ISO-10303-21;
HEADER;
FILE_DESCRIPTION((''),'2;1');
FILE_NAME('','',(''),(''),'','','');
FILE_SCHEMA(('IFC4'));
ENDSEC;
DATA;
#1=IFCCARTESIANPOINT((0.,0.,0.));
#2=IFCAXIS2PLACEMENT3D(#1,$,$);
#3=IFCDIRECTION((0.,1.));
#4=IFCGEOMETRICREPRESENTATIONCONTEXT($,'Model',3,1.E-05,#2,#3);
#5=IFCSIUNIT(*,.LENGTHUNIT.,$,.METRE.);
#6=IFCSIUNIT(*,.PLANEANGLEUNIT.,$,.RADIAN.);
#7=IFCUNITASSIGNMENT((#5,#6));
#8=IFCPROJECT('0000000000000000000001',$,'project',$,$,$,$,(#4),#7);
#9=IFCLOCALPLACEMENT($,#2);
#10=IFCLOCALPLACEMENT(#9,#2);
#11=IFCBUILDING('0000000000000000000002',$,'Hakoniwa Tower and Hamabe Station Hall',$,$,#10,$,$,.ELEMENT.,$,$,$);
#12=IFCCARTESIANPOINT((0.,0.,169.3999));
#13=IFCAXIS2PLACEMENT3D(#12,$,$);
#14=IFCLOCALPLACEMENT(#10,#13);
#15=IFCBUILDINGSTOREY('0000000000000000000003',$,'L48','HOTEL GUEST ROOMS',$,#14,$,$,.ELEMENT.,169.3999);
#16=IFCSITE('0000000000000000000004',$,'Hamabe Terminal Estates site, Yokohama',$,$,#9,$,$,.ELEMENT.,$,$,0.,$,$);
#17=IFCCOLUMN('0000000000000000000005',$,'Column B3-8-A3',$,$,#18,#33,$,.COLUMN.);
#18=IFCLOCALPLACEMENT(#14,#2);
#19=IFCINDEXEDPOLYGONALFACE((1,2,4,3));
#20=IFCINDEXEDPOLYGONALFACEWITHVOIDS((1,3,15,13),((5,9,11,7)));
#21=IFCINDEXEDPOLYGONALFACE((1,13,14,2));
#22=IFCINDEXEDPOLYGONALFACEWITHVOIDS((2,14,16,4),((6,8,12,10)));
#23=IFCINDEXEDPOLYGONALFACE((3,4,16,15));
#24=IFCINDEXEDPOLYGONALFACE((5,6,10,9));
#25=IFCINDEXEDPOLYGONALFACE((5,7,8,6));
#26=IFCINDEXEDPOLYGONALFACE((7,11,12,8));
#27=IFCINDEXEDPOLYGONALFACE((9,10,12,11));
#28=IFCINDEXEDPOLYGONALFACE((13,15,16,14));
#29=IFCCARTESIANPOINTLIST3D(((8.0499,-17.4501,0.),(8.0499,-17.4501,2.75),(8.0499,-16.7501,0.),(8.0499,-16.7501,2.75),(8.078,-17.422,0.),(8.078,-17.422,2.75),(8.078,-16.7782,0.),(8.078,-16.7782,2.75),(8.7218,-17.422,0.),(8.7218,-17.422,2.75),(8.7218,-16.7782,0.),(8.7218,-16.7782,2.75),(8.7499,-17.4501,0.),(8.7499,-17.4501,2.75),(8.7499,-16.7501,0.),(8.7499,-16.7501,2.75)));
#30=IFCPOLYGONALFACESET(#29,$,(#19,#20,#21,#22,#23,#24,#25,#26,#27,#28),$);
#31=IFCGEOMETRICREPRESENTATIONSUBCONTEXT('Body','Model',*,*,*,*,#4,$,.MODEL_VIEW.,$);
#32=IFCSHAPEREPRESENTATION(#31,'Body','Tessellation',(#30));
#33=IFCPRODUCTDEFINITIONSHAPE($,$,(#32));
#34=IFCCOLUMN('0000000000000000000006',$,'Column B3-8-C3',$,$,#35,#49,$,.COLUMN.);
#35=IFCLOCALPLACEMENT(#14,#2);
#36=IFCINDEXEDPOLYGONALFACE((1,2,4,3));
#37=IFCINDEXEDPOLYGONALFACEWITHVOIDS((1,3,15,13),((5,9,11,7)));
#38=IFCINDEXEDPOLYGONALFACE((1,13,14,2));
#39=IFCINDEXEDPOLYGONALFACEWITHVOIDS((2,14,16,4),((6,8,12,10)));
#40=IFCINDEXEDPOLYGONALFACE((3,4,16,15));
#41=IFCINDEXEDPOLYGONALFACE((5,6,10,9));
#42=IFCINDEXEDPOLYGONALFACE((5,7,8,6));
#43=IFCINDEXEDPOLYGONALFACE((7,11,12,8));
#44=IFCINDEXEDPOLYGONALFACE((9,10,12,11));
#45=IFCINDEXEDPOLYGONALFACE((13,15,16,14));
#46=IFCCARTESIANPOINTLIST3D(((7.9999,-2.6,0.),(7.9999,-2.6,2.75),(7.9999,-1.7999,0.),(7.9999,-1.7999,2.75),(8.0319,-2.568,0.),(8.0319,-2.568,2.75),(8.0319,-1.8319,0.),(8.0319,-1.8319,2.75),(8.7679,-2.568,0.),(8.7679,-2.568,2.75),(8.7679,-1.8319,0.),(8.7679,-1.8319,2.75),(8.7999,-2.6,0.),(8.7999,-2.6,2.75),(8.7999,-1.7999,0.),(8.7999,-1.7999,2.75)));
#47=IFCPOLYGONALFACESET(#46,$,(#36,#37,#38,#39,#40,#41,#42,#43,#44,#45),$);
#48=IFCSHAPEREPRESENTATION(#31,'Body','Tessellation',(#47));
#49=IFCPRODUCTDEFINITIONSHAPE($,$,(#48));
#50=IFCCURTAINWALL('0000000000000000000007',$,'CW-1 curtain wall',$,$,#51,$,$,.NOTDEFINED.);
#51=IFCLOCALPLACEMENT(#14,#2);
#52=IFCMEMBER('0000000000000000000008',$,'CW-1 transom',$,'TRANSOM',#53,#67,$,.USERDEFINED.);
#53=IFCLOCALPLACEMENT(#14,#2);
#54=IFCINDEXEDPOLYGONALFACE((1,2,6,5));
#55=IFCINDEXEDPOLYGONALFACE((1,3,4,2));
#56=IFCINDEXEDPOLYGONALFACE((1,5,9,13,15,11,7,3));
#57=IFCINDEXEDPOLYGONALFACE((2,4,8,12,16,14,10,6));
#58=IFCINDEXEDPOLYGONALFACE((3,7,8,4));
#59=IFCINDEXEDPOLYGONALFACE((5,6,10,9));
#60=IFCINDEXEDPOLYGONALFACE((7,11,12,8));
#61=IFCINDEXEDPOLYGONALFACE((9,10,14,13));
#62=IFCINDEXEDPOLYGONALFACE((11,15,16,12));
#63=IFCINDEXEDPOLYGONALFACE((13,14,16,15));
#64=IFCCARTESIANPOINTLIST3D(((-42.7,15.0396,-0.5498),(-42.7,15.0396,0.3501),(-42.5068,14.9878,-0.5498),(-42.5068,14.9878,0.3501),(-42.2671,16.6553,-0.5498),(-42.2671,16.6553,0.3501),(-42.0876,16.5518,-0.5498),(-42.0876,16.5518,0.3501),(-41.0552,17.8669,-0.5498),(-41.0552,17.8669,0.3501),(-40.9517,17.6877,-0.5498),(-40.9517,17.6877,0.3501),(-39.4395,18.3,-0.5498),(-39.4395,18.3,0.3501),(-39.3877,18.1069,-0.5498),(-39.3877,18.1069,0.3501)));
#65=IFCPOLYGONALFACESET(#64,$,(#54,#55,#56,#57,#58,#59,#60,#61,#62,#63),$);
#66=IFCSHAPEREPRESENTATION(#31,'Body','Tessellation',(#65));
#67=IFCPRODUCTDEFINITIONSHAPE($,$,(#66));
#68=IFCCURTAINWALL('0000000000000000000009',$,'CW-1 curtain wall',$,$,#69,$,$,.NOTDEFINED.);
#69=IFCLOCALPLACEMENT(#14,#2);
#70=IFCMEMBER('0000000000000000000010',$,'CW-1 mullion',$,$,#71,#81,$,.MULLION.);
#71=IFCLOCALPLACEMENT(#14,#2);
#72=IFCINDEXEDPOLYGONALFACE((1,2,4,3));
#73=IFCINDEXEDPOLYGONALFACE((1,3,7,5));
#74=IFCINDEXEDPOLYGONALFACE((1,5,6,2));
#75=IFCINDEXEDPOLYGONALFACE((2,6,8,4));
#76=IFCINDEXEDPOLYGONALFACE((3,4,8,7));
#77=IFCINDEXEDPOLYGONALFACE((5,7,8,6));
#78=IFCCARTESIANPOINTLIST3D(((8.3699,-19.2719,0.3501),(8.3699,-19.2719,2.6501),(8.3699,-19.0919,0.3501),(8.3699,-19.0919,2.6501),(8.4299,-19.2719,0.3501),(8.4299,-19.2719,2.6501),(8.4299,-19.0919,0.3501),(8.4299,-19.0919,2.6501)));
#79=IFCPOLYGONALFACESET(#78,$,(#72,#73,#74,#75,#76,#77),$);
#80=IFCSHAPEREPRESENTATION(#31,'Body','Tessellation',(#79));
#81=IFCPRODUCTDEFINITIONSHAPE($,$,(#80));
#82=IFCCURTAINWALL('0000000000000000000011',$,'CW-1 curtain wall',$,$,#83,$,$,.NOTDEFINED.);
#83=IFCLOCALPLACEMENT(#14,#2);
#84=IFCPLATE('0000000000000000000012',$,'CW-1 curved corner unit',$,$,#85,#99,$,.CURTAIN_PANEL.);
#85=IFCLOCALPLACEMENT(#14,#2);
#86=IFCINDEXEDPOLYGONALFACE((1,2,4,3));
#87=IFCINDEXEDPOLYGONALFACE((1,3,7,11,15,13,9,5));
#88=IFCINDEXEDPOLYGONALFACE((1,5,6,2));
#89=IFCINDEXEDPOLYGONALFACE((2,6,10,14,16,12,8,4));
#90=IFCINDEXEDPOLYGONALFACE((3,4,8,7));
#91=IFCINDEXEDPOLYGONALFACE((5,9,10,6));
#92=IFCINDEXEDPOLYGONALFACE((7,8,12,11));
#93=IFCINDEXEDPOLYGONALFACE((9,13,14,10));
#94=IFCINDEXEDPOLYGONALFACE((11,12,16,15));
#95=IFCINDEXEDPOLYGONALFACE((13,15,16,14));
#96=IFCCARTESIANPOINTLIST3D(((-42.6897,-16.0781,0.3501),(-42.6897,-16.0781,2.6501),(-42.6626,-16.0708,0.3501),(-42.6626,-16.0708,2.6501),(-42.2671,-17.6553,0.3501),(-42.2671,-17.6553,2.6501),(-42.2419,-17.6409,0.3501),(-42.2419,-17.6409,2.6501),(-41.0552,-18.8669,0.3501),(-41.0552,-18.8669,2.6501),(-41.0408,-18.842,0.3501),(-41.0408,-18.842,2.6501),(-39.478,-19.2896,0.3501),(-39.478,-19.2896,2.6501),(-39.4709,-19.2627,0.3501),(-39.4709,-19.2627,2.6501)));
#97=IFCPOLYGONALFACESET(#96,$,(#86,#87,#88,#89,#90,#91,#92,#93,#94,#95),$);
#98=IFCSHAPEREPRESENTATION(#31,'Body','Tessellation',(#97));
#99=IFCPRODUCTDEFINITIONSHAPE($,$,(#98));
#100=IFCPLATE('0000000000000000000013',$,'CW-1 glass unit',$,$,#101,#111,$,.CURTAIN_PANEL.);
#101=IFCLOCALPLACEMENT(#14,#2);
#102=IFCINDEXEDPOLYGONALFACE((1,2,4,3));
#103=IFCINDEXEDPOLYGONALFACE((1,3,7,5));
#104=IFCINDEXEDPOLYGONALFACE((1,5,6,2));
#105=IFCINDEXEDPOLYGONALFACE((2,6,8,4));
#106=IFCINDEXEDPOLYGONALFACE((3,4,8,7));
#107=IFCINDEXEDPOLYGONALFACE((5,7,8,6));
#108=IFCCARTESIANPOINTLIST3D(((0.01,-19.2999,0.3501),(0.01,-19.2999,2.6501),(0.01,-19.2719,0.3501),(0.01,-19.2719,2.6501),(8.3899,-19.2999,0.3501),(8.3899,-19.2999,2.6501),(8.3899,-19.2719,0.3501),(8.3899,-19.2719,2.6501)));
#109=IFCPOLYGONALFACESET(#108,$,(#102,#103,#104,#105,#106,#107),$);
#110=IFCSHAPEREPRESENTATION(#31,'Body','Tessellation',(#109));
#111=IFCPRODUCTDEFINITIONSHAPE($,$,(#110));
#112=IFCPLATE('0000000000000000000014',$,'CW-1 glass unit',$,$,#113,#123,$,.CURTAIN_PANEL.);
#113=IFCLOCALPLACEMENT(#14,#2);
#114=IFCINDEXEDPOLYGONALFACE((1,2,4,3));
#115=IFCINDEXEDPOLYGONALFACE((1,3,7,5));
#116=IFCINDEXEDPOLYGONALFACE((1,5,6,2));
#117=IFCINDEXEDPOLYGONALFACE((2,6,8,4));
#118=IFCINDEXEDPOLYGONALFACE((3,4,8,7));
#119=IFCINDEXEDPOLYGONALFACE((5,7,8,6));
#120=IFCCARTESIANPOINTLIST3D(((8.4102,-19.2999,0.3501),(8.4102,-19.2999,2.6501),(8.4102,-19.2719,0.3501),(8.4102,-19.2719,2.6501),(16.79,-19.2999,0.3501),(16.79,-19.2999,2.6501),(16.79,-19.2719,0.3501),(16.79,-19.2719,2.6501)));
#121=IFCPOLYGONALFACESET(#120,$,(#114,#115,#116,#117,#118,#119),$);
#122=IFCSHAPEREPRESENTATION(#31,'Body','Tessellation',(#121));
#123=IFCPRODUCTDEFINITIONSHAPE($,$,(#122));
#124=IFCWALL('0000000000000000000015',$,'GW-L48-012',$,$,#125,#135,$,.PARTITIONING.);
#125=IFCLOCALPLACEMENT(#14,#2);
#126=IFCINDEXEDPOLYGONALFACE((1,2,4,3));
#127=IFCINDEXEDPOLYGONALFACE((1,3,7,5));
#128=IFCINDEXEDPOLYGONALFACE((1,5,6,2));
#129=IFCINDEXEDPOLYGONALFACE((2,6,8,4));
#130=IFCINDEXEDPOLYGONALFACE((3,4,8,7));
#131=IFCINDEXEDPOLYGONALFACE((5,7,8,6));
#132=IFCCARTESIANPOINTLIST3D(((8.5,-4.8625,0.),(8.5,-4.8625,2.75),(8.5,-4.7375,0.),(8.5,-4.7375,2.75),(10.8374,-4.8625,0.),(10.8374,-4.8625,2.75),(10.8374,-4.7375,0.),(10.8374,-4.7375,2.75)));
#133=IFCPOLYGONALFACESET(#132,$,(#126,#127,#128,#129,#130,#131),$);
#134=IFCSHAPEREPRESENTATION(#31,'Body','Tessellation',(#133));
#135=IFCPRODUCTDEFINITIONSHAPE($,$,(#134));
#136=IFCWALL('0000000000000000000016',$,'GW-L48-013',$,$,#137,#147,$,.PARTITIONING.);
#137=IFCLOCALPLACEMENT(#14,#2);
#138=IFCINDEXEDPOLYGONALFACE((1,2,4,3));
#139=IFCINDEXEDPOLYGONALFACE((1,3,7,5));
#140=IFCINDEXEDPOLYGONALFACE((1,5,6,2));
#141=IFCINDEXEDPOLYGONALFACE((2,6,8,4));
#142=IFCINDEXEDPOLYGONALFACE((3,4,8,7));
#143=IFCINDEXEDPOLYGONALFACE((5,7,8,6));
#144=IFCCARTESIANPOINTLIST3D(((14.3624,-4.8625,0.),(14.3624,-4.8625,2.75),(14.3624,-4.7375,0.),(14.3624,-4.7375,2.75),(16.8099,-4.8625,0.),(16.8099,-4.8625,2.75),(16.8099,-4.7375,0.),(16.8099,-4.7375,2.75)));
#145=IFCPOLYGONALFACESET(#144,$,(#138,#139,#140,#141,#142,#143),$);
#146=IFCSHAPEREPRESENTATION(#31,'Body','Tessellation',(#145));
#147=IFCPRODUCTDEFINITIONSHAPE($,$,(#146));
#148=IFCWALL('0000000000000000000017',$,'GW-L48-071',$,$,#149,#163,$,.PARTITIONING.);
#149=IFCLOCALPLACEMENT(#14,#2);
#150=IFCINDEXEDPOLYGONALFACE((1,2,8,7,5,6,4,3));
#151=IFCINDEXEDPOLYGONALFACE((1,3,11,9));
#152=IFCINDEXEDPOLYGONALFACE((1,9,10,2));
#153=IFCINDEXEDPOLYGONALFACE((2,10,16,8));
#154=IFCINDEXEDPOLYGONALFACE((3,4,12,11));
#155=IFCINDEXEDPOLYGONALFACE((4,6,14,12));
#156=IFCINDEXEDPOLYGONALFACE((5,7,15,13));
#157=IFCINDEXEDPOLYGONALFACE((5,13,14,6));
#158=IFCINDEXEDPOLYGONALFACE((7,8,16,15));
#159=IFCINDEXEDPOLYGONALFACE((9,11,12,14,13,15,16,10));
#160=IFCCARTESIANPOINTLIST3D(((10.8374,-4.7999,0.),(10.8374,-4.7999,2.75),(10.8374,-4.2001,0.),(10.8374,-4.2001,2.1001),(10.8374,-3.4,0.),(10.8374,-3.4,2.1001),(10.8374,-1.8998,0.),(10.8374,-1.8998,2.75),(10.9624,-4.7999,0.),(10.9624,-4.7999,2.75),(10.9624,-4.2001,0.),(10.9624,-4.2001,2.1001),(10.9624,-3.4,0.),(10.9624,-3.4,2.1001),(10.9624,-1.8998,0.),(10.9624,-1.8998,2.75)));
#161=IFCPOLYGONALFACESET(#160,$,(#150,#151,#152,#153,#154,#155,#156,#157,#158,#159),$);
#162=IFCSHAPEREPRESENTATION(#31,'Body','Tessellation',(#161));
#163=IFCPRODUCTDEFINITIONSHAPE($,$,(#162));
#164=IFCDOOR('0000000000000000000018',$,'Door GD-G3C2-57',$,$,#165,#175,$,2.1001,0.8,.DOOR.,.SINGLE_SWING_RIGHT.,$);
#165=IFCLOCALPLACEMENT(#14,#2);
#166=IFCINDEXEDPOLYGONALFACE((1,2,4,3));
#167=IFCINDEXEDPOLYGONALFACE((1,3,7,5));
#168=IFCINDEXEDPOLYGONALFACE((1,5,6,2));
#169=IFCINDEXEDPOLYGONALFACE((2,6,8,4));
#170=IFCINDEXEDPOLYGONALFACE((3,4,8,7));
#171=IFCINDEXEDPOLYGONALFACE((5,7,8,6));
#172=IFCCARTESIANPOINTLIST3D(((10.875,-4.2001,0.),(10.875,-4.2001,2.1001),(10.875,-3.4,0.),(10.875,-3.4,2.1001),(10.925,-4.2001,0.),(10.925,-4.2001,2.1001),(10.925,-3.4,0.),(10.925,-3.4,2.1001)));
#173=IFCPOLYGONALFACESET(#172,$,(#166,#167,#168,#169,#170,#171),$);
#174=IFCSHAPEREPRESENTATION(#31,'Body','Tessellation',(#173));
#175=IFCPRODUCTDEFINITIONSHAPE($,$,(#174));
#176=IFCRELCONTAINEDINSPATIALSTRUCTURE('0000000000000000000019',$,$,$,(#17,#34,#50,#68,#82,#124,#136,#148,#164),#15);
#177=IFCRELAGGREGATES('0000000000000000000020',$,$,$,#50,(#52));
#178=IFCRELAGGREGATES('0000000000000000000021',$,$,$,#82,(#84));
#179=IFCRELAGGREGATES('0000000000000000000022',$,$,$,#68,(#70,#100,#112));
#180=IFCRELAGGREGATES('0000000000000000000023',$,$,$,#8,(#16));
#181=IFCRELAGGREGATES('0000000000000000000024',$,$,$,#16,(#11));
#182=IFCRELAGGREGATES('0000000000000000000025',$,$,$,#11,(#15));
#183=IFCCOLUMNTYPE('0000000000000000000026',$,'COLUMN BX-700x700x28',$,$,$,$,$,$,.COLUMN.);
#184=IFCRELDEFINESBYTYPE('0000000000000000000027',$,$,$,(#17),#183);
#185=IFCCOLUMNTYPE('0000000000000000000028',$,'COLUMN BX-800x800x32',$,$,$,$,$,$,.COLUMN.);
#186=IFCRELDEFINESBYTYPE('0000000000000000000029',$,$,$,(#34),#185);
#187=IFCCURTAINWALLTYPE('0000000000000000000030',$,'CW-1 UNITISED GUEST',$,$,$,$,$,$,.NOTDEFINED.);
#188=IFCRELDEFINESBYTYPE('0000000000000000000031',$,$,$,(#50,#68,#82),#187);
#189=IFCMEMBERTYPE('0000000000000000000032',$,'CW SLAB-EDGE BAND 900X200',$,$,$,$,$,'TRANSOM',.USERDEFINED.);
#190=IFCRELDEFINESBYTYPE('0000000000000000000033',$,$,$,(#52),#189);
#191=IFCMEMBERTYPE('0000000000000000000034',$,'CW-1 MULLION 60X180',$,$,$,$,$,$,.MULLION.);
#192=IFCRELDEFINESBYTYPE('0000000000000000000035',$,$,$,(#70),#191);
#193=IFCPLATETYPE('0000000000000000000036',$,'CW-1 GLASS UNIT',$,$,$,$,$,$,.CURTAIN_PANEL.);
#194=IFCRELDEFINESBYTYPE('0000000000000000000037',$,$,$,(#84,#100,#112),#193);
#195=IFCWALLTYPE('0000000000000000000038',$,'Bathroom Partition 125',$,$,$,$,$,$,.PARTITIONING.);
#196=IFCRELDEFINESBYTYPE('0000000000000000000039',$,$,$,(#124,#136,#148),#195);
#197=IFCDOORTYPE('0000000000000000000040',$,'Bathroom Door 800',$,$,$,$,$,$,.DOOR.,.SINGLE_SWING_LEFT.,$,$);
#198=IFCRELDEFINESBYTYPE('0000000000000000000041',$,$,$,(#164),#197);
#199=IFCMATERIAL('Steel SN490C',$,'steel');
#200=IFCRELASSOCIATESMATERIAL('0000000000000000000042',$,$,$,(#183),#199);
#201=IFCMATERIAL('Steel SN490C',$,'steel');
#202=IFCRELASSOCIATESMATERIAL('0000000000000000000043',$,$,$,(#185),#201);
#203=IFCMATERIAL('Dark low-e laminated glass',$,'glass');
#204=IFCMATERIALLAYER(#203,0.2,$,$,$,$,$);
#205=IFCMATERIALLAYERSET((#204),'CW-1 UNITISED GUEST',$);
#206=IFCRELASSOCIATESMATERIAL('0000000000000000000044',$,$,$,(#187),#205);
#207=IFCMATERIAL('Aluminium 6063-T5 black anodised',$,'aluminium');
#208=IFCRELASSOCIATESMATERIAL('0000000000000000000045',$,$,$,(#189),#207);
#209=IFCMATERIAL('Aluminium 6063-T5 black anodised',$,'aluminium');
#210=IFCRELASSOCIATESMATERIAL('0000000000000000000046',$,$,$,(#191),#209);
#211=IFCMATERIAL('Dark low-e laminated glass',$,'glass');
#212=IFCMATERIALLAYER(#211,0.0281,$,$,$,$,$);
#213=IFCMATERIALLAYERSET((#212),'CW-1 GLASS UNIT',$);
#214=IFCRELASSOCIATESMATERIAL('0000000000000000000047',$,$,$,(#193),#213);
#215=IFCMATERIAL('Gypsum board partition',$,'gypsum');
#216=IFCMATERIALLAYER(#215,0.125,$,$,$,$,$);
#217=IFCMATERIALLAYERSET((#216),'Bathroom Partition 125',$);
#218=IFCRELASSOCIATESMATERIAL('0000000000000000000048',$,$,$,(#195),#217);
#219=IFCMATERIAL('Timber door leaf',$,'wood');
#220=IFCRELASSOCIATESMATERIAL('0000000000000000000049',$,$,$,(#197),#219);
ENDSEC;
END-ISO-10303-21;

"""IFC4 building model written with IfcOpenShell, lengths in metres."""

from ifc_helpers import new_model, si_unit, direction, frame, frame_2d, origin, origin_2d, place, context, subcontext, project, spatial, polyline, rectangle, hollow_rectangle, outline, extrude, material, layer, layer_set, material_profile, profile_set, type_object, element, fill, aggregate, save


model = new_model("IFC4")

# Units and contexts
model_context = context("Model", 3, precision=1e-05, world=origin(), true_north=direction((0.0, 1.0)))
body_context = subcontext(model_context, "Body", "Model", "MODEL_VIEW")
ifc_project = project(units=[si_unit("LENGTHUNIT", "METRE"), si_unit("PLANEANGLEUNIT", "RADIAN")], contexts=[model_context])

# Site, building, storey
site_placement = place(None, origin())
site = spatial("IfcSite", under=ifc_project, at=site_placement, Name="Hamabe Terminal Estates site, Yokohama", CompositionType="ELEMENT", RefElevation=0.0)
building_placement = place(site_placement, origin())
building = spatial("IfcBuilding", under=site, at=building_placement, Name="Hakoniwa Tower and Hamabe Station Hall", CompositionType="ELEMENT")
storey_placement = place(building_placement, frame((0.0, 0.0, 169.3999)))
storey = spatial("IfcBuildingStorey", under=building, at=storey_placement, Name="L48", Description="HOTEL GUEST ROOMS", CompositionType="ELEMENT", Elevation=169.3999)

# Columns
ifc_material_1 = material(Name="Steel SN490C", Category="steel")
ifc_material_profile_1 = material_profile(ifc_material_1, hollow_rectangle(XDim=0.7, YDim=0.7, WallThickness=0.0281, at=origin_2d()), Name="BX-700x700x28")
ifc_profile_set_1 = profile_set([ifc_material_profile_1], Name="Steel SN490C")
column_type_1 = type_object("IfcColumnType", Name="COLUMN BX-700x700x28", PredefinedType="COLUMN", material=ifc_profile_set_1)
column_1_placement = place(storey_placement, frame((8.3999, -17.1001, 0.0), z_axis=(0.0, 0.0, 1.0), x_axis=(1.0, 0.0, 0.0)))
element("IfcColumn", 1, at=column_1_placement, inside=storey, type_object=column_type_1, Name="Column B3-8-A3", PredefinedType="COLUMN", context=body_context, shape_type="SweptSolid", body=[
    extrude(hollow_rectangle(XDim=0.7, YDim=0.7, WallThickness=0.0281, at=origin_2d()), origin(), (0.0, 0.0, 1.0), 2.75),
])
ifc_material_2 = material(Name="Steel SN490C", Category="steel")
ifc_material_profile_2 = material_profile(ifc_material_2, hollow_rectangle(XDim=0.8, YDim=0.8, WallThickness=0.032, at=origin_2d()), Name="BX-800x800x32")
ifc_profile_set_2 = profile_set([ifc_material_profile_2], Name="Steel SN490C")
column_type_2 = type_object("IfcColumnType", Name="COLUMN BX-800x800x32", PredefinedType="COLUMN", material=ifc_profile_set_2)
column_2_placement = place(storey_placement, frame((8.3999, -2.2, 0.0), z_axis=(0.0, 0.0, 1.0), x_axis=(1.0, 0.0, 0.0)))
element("IfcColumn", 2, at=column_2_placement, inside=storey, type_object=column_type_2, Name="Column B3-8-C3", PredefinedType="COLUMN", context=body_context, shape_type="SweptSolid", body=[
    extrude(hollow_rectangle(XDim=0.8, YDim=0.8, WallThickness=0.032, at=origin_2d()), origin(), (0.0, 0.0, 1.0), 2.75),
])

# Curtain walls, members
ifc_material_3 = material(Name="Dark low-e laminated glass", Category="glass")
ifc_layer_1 = layer(ifc_material_3, 0.2)
ifc_layer_set_1 = layer_set([ifc_layer_1], Name="CW-1 UNITISED GUEST")
curtain_wall_type = type_object("IfcCurtainWallType", Name="CW-1 UNITISED GUEST", PredefinedType="NOTDEFINED", material=ifc_layer_set_1)
curtain_wall_1_placement = place(storey_placement, origin())
curtain_wall_1 = element("IfcCurtainWall", 3, at=curtain_wall_1_placement, inside=storey, type_object=curtain_wall_type, Name="CW-1 curtain wall", PredefinedType="NOTDEFINED")
ifc_material_4 = material(Name="Aluminium 6063-T5 black anodised", Category="aluminium")
ifc_material_profile_3 = material_profile(ifc_material_4, rectangle(XDim=0.2, YDim=0.8999, at=origin_2d()), Name="CW SLAB-EDGE BAND 900X200")
ifc_profile_set_3 = profile_set([ifc_material_profile_3], Name="Aluminium 6063-T5 black anodised")
member_type_1 = type_object("IfcMemberType", Name="CW SLAB-EDGE BAND 900X200", ElementType="TRANSOM", PredefinedType="USERDEFINED", material=ifc_profile_set_3)
member_1_placement = place(storey_placement, frame((0.0, 0.0, -0.5498)))
member_1 = element("IfcMember", 4, at=member_1_placement, type_object=member_type_1, Name="CW-1 transom", ObjectType="TRANSOM", PredefinedType="USERDEFINED", context=body_context, shape_type="SweptSolid", body=[
    extrude(outline(polyline([(-39.4395, 18.3), (-41.0552, 17.8669), (-42.2671, 16.6553), (-42.7, 15.0396), (-42.5068, 14.9878), (-42.0876, 16.5518), (-40.9517, 17.6877), (-39.3877, 18.1069), (-39.4395, 18.3)])), origin(), (0.0, 0.0, 1.0), 0.8999),
])
aggregate(curtain_wall_1, [member_1])
curtain_wall_2_placement = place(storey_placement, origin())
curtain_wall_2 = element("IfcCurtainWall", 5, at=curtain_wall_2_placement, inside=storey, type_object=curtain_wall_type, Name="CW-1 curtain wall", PredefinedType="NOTDEFINED")
ifc_material_5 = material(Name="Aluminium 6063-T5 black anodised", Category="aluminium")
ifc_material_profile_4 = material_profile(ifc_material_5, rectangle(XDim=0.0601, YDim=0.1799, at=origin_2d()), Name="CW-1 MULLION 60X180")
ifc_profile_set_4 = profile_set([ifc_material_profile_4], Name="Aluminium 6063-T5 black anodised")
member_type_2 = type_object("IfcMemberType", Name="CW-1 MULLION 60X180", PredefinedType="MULLION", material=ifc_profile_set_4)
member_2_placement = place(storey_placement, frame((8.3999, -19.1819, 0.3501), z_axis=(0.0, 0.0, 1.0), x_axis=(1.0, 0.0, 0.0)))
member_2 = element("IfcMember", 6, at=member_2_placement, type_object=member_type_2, Name="CW-1 mullion", PredefinedType="MULLION", context=body_context, shape_type="SweptSolid", body=[
    extrude(rectangle(XDim=0.0601, YDim=0.1799, at=origin_2d()), origin(), (0.0, 0.0, 1.0), 2.3),
])

# Curtain wall, plate
curtain_wall_3_placement = place(storey_placement, origin())
curtain_wall_3 = element("IfcCurtainWall", 7, at=curtain_wall_3_placement, inside=storey, type_object=curtain_wall_type, Name="CW-1 curtain wall", PredefinedType="NOTDEFINED")
ifc_material_6 = material(Name="Dark low-e laminated glass", Category="glass")
ifc_layer_2 = layer(ifc_material_6, 0.0281)
ifc_layer_set_2 = layer_set([ifc_layer_2], Name="CW-1 GLASS UNIT")
plate_type = type_object("IfcPlateType", Name="CW-1 GLASS UNIT", PredefinedType="CURTAIN_PANEL", material=ifc_layer_set_2)
plate_1_placement = place(storey_placement, frame((0.0, 0.0, 0.3501)))
plate_1 = element("IfcPlate", 8, at=plate_1_placement, type_object=plate_type, Name="CW-1 curved corner unit", PredefinedType="CURTAIN_PANEL", context=body_context, shape_type="SweptSolid", body=[
    extrude(outline(polyline([(-42.6897, -16.0781), (-42.2671, -17.6553), (-41.0552, -18.8669), (-39.478, -19.2896), (-39.4709, -19.2627), (-41.0408, -18.842), (-42.2419, -17.6409), (-42.6626, -16.0708), (-42.6897, -16.0781)])), origin(), (0.0, 0.0, 1.0), 2.3),
])
aggregate(curtain_wall_3, [plate_1])

# Plates
plate_2_placement = place(storey_placement, frame((4.2, -19.2859, 0.3501), z_axis=(0.0, 0.0, 1.0), x_axis=(1.0, 0.0, 0.0)))
plate_2 = element("IfcPlate", 9, at=plate_2_placement, type_object=plate_type, Name="CW-1 glass unit", PredefinedType="CURTAIN_PANEL", context=body_context, shape_type="SweptSolid", body=[
    extrude(rectangle(XDim=8.3799, YDim=0.0281, at=origin_2d()), origin(), (0.0, 0.0, 1.0), 2.3),
])
plate_3_placement = place(storey_placement, frame((12.6001, -19.2859, 0.3501), z_axis=(0.0, 0.0, 1.0), x_axis=(1.0, 0.0, 0.0)))
plate_3 = element("IfcPlate", 10, at=plate_3_placement, type_object=plate_type, Name="CW-1 glass unit", PredefinedType="CURTAIN_PANEL", context=body_context, shape_type="SweptSolid", body=[
    extrude(rectangle(XDim=8.3799, YDim=0.0281, at=origin_2d()), origin(), (0.0, 0.0, 1.0), 2.3),
])
aggregate(curtain_wall_2, [member_2, plate_2, plate_3])

# Walls
ifc_material_7 = material(Name="Gypsum board partition", Category="gypsum")
ifc_layer_3 = layer(ifc_material_7, 0.125)
ifc_layer_set_3 = layer_set([ifc_layer_3], Name="Bathroom Partition 125")
wall_type_1 = type_object("IfcWallType", Name="Bathroom Partition 125", PredefinedType="PARTITIONING", material=ifc_layer_set_3)
wall_1_placement = place(storey_placement, frame((8.5, -4.8, 0.0), z_axis=(0.0, 0.0, 1.0), x_axis=(1.0, 0.0, 0.0)))
element("IfcWall", 11, at=wall_1_placement, inside=storey, type_object=wall_type_1, Name="GW-L48-012", PredefinedType="PARTITIONING", context=body_context, shape_type="SweptSolid", body=[
    extrude(rectangle(XDim=2.3374, YDim=0.125, at=frame_2d((1.1687, 0.0))), origin(), (0.0, 0.0, 1.0), 2.75),
])
wall_2_placement = place(storey_placement, frame((14.3625, -4.8, 0.0), z_axis=(0.0, 0.0, 1.0), x_axis=(1.0, 0.0, 0.0)))
element("IfcWall", 12, at=wall_2_placement, inside=storey, type_object=wall_type_1, Name="GW-L48-013", PredefinedType="PARTITIONING", context=body_context, shape_type="SweptSolid", body=[
    extrude(rectangle(XDim=2.4475, YDim=0.125, at=frame_2d((1.2236, 0.0))), origin(), (0.0, 0.0, 1.0), 2.75),
])

# Wall, opening, door
wall_3_placement = place(storey_placement, frame((10.8999, -4.8, 0.0), z_axis=(0.0, 0.0, 1.0), x_axis=(0.0, 1.0, 0.0)))
wall_3 = element("IfcWall", 13, at=wall_3_placement, inside=storey, type_object=wall_type_1, Name="GW-L48-071", PredefinedType="PARTITIONING", context=body_context, shape_type="SweptSolid", body=[
    extrude(rectangle(XDim=2.9001, YDim=0.125, at=frame_2d((1.4502, 0.0))), origin(), (0.0, 0.0, 1.0), 2.75),
])
opening_1_placement = place(wall_3_placement, frame((0.6001, 0.0, 0.0)))
opening_1 = element("IfcOpeningElement", 14, at=opening_1_placement, cuts=wall_3, PredefinedType="OPENING", context=body_context, shape_type="SweptSolid", body=[
    extrude(rectangle(XDim=0.8, YDim=2.1001, at=frame_2d((0.3999, 1.05))), frame((0.0, 0.0725, 0.0), z_axis=(0.0, -1.0, 0.0), x_axis=(1.0, 0.0, 0.0)), (0.0, 0.0, 1.0), 0.145),
])
ifc_material_8 = material(Name="Timber door leaf", Category="wood")
door_type = type_object("IfcDoorType", Name="Bathroom Door 800", OperationType="SINGLE_SWING_LEFT", PredefinedType="DOOR", material=ifc_material_8)
door_1_placement = place(opening_1_placement, origin())
door_1 = element("IfcDoor", 15, at=door_1_placement, inside=storey, type_object=door_type, Name="Door GD-G3C2-57", OperationType="SINGLE_SWING_RIGHT", OverallHeight=2.1001, OverallWidth=0.8, PredefinedType="DOOR", context=body_context, shape_type="SweptSolid", body=[
    extrude(rectangle(XDim=0.8, YDim=2.1001, at=frame_2d((0.3999, 1.05))), frame((0.0, 0.0249, 0.0), z_axis=(0.0, -1.0, 0.0), x_axis=(1.0, 0.0, 0.0)), (0.0, 0.0, 1.0), 0.05),
])
fill(opening_1, door_1)

save(model, "model.ifc")
